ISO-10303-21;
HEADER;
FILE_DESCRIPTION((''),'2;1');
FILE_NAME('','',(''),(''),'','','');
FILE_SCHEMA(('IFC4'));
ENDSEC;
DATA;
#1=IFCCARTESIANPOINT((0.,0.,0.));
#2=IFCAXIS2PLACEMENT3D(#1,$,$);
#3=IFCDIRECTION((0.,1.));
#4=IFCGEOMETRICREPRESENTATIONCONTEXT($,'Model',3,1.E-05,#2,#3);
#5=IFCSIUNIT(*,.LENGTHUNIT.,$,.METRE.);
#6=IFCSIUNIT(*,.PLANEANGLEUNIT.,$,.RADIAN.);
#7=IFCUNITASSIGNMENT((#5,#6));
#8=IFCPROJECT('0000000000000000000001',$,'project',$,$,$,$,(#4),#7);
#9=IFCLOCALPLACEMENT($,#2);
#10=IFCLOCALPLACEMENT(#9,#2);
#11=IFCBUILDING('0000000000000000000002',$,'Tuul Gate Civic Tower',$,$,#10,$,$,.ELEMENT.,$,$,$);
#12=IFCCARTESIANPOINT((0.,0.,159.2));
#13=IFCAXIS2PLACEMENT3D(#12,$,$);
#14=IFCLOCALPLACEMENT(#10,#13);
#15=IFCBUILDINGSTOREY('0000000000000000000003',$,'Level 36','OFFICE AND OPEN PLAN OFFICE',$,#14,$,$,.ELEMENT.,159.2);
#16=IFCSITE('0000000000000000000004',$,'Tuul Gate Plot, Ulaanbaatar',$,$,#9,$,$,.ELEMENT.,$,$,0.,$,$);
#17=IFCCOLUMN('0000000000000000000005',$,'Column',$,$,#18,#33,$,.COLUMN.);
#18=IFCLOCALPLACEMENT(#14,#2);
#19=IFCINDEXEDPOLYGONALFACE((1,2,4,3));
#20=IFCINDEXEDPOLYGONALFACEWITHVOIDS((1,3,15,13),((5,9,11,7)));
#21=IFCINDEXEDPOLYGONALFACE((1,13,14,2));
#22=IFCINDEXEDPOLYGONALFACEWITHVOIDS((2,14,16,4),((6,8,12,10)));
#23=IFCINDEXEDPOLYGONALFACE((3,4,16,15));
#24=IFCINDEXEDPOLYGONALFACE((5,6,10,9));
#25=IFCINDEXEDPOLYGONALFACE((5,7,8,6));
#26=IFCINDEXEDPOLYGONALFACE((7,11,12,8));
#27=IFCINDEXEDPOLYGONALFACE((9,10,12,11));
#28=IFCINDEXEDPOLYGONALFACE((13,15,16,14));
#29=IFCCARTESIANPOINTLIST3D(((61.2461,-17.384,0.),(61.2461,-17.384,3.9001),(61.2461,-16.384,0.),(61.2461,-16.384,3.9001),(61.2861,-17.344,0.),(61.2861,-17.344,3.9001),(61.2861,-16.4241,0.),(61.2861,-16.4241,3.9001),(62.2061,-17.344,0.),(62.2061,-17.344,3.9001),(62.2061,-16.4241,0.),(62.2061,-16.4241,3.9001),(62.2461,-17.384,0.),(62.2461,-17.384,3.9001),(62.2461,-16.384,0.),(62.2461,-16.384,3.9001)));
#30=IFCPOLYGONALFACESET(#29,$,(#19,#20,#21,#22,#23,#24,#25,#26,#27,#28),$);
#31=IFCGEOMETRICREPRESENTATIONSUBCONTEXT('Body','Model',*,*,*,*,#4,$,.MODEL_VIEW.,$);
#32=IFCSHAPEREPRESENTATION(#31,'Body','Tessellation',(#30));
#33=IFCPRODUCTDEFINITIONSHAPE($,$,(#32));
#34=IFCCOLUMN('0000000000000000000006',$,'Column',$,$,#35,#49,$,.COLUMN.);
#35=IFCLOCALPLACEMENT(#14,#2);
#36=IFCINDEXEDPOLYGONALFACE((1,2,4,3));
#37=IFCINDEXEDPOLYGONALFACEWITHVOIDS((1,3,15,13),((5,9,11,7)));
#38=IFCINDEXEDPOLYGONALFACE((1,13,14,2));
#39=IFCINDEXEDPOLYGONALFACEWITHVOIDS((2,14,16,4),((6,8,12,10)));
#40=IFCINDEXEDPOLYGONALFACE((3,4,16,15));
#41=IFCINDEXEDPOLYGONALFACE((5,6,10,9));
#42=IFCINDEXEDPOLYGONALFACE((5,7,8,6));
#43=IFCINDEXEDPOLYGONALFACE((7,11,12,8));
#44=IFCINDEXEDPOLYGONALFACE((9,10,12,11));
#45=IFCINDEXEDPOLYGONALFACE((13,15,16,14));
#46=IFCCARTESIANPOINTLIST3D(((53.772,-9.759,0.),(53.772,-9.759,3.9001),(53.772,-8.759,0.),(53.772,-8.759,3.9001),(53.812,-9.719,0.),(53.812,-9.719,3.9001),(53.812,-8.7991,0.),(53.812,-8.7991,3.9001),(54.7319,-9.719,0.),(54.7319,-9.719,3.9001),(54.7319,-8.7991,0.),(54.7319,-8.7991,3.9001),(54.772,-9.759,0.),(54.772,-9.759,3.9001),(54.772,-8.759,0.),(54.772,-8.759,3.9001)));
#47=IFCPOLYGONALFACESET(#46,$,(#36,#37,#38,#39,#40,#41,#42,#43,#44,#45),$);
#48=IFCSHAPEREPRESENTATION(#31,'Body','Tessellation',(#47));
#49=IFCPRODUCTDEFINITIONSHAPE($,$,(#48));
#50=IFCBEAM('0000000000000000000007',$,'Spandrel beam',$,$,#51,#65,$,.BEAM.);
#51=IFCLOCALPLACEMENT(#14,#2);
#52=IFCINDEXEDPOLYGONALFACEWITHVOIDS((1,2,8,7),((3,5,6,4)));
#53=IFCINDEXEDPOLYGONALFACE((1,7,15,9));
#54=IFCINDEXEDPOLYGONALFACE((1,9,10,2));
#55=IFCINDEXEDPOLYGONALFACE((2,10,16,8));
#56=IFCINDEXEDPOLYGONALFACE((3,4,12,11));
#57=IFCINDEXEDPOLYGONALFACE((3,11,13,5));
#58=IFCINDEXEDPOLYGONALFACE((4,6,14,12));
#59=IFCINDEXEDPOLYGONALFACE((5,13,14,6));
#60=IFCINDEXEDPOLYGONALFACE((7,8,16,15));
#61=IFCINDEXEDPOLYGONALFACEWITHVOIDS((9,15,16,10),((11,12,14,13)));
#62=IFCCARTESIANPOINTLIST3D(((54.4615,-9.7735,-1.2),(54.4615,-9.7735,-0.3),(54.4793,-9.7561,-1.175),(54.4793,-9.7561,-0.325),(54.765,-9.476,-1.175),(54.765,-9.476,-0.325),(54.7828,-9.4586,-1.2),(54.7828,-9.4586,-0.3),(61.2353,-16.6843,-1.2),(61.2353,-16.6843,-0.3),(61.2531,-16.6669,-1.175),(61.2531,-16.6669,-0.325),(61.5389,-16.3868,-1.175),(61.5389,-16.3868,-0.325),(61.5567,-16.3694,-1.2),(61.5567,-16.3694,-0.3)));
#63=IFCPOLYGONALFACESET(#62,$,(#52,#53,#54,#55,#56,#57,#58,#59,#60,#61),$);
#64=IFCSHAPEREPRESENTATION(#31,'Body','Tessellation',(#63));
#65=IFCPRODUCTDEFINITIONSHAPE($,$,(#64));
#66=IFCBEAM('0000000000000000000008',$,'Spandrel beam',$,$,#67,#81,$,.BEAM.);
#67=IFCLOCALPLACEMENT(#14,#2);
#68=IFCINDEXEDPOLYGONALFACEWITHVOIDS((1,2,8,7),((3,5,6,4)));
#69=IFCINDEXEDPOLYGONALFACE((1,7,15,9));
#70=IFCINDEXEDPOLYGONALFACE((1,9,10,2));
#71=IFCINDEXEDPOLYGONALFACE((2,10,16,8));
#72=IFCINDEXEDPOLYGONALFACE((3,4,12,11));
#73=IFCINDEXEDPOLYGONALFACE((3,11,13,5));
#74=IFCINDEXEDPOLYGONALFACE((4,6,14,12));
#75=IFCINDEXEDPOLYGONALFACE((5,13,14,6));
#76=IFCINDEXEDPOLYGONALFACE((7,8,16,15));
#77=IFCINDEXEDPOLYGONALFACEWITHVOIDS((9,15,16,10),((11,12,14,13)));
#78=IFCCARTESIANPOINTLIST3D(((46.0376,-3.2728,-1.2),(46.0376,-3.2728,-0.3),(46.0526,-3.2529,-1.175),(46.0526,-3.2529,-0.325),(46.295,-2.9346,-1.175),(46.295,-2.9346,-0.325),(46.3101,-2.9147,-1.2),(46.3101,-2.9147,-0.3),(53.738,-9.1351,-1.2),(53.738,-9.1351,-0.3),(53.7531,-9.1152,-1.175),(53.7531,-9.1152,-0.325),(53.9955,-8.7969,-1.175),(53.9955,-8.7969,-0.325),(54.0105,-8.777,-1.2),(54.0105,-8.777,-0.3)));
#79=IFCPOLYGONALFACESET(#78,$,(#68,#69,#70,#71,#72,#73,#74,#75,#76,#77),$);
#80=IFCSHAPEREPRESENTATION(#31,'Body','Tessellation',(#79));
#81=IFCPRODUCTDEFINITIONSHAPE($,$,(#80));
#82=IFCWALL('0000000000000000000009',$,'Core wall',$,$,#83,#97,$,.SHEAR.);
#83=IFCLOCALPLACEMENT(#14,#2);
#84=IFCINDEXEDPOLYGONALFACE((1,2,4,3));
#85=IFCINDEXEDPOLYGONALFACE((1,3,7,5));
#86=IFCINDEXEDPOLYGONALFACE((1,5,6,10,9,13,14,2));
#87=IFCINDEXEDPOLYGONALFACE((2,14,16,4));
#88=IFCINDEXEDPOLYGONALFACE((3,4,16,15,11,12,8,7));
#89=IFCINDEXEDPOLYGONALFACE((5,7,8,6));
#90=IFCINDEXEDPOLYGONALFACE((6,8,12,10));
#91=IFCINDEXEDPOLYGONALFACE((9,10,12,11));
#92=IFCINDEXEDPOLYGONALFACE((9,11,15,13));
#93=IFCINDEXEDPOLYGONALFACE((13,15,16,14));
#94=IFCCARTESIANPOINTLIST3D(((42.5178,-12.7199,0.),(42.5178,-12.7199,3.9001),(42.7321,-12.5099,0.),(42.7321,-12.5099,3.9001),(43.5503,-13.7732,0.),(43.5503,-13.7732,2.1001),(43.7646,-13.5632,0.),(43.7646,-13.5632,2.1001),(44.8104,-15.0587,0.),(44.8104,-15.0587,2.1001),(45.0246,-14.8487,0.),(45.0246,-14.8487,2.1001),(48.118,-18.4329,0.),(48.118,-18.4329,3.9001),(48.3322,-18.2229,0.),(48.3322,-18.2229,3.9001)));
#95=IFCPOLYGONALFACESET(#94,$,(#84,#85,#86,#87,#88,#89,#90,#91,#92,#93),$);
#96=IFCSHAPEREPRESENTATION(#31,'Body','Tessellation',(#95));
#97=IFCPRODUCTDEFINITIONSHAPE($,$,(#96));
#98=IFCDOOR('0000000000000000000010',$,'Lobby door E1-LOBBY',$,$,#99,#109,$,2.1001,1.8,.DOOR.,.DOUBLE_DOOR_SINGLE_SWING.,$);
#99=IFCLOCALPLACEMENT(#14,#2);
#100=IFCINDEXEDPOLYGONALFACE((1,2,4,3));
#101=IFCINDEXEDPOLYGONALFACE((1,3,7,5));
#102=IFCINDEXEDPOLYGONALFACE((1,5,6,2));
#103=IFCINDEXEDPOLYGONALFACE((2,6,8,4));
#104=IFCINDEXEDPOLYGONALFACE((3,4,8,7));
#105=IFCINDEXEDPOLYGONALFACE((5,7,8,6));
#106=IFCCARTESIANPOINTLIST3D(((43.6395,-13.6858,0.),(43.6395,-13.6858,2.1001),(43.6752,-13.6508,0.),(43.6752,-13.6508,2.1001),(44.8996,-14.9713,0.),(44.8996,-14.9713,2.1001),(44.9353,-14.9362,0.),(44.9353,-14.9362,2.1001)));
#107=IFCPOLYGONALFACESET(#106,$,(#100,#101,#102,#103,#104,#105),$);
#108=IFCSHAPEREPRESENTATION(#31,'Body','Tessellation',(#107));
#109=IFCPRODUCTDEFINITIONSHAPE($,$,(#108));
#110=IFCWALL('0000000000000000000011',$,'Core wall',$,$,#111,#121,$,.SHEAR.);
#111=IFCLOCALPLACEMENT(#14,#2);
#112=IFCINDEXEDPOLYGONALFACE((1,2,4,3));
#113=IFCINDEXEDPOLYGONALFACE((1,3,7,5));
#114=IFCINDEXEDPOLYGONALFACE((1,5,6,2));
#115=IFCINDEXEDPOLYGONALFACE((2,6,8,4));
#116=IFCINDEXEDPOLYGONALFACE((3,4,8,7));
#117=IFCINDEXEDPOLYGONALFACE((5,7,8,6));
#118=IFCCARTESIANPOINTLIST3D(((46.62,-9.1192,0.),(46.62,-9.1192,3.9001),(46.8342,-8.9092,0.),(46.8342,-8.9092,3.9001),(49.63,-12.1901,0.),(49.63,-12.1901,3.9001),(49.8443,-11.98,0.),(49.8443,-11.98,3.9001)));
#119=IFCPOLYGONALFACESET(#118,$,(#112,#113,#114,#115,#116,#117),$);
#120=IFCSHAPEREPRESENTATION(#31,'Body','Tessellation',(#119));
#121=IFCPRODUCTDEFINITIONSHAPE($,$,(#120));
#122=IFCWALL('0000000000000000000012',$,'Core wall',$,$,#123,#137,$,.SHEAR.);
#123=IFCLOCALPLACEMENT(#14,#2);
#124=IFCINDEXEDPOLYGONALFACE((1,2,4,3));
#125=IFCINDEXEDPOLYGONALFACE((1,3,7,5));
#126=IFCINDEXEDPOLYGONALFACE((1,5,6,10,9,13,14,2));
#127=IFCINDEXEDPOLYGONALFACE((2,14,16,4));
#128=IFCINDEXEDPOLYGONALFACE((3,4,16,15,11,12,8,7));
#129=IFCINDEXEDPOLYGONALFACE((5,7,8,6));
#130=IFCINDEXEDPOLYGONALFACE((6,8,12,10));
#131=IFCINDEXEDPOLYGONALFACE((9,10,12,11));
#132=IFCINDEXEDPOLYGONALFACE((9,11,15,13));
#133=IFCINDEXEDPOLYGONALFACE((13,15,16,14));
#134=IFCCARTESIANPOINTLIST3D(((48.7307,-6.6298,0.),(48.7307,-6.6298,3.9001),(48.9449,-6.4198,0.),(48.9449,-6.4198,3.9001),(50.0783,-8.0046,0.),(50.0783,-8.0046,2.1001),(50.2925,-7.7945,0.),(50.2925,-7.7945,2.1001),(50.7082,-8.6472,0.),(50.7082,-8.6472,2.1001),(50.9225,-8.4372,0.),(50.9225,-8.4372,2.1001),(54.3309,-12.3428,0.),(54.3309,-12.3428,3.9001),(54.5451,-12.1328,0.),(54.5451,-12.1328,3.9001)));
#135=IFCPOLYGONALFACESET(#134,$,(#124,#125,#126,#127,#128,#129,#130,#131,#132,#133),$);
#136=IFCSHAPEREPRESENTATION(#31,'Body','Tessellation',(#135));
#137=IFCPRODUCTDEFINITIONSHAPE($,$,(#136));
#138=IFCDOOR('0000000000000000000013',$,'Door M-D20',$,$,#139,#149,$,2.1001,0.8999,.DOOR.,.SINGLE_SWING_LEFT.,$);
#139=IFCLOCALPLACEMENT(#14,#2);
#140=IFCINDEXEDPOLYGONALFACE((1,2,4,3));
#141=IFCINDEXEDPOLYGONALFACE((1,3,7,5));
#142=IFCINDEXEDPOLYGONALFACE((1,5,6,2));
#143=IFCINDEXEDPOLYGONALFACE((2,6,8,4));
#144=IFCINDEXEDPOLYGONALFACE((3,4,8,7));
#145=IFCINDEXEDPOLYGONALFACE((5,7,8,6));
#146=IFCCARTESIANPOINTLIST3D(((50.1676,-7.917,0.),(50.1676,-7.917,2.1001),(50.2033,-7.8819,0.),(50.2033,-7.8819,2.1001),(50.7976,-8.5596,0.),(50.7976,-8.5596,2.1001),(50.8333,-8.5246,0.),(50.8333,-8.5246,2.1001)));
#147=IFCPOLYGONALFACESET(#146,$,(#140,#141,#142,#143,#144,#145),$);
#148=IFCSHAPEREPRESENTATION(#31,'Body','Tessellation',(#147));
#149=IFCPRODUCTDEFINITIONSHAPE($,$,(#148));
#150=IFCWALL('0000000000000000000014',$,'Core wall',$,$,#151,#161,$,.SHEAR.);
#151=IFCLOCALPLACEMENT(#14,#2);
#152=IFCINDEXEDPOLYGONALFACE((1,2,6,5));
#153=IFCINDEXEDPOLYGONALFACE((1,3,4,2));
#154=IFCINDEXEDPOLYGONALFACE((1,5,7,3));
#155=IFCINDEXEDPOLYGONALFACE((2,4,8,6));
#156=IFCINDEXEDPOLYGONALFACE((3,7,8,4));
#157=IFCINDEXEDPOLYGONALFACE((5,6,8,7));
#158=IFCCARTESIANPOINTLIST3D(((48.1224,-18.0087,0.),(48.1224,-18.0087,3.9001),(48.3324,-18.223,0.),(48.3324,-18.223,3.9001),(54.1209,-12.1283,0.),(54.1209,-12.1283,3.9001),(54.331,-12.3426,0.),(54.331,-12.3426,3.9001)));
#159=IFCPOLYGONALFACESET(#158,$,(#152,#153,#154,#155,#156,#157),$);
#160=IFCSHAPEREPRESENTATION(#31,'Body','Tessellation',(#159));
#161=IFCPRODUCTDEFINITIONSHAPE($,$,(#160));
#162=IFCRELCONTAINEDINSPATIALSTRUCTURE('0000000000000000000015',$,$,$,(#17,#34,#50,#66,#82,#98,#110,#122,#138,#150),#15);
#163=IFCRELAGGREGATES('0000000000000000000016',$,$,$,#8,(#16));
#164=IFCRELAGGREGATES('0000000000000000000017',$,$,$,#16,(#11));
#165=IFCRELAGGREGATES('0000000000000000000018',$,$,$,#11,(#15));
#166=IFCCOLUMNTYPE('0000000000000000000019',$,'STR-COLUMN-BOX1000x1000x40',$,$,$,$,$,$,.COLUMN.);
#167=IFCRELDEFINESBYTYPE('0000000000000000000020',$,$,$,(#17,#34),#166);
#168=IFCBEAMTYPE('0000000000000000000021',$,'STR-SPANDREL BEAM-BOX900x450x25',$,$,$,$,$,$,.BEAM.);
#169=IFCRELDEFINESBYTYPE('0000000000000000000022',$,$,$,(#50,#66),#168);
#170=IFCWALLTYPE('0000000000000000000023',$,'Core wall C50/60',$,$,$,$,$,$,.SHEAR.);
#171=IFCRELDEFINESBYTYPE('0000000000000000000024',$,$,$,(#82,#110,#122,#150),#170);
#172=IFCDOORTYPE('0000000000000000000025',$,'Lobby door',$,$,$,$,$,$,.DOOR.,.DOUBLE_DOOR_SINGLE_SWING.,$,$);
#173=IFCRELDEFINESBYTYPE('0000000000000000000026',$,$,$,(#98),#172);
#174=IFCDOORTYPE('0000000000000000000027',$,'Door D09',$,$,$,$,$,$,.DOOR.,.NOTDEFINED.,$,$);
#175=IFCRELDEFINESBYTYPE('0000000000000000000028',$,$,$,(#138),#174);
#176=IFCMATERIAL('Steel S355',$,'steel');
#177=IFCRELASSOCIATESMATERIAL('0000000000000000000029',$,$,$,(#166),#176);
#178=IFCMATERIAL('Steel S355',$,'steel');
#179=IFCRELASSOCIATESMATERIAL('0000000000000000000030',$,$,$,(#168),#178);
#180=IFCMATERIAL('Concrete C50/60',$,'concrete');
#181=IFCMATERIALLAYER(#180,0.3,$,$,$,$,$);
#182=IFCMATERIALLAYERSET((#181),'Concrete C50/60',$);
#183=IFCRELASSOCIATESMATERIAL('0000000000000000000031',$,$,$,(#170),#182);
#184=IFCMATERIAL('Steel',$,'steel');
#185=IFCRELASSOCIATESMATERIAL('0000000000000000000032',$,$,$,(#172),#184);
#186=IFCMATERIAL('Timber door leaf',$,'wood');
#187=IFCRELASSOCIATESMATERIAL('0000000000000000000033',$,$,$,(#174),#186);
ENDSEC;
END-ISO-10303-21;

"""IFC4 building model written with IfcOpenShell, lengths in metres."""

from ifc_helpers import new_model, si_unit, direction, frame, frame_2d, origin, origin_2d, place, context, subcontext, project, spatial, rectangle, hollow_rectangle, extrude, material, layer, layer_set, material_profile, profile_set, type_object, element, fill, save


model = new_model("IFC4")

# Units and contexts
model_context = context("Model", 3, precision=1e-05, world=origin(), true_north=direction((0.0, 1.0)))
body_context = subcontext(model_context, "Body", "Model", "MODEL_VIEW")
ifc_project = project(units=[si_unit("LENGTHUNIT", "METRE"), si_unit("PLANEANGLEUNIT", "RADIAN")], contexts=[model_context])

# Site, building, storey
site_placement = place(None, origin())
site = spatial("IfcSite", under=ifc_project, at=site_placement, Name="Tuul Gate Plot, Ulaanbaatar", CompositionType="ELEMENT", RefElevation=0.0)
building_placement = place(site_placement, origin())
building = spatial("IfcBuilding", under=site, at=building_placement, Name="Tuul Gate Civic Tower", CompositionType="ELEMENT")
storey_placement = place(building_placement, frame((0.0, 0.0, 159.2)))
storey = spatial("IfcBuildingStorey", under=building, at=storey_placement, Name="Level 36", Description="OFFICE AND OPEN PLAN OFFICE", CompositionType="ELEMENT", Elevation=159.2)

# Columns
ifc_material_1 = material(Name="Steel S355", Category="steel")
ifc_material_profile_1 = material_profile(ifc_material_1, hollow_rectangle(XDim=1.0, YDim=1.0, WallThickness=0.04, at=origin_2d()), Name="BOX1000x1000x40")
ifc_profile_set_1 = profile_set([ifc_material_profile_1], Name="Steel S355")
column_type = type_object("IfcColumnType", Name="STR-COLUMN-BOX1000x1000x40", PredefinedType="COLUMN", material=ifc_profile_set_1)
for number, where, z_axis, x_axis, name in (
    (1, (61.7461, -16.884, 0.0), (0.0, 0.0, 1.0), (1.0, 0.0, 0.0), "Column"),
    (2, (54.272, -9.259, 0.0), (0.0, 0.0, 1.0), (1.0, 0.0, 0.0), "Column"),
):
    element("IfcColumn", number, at=place(storey_placement, frame(where, z_axis=z_axis, x_axis=x_axis)), inside=storey, type_object=column_type, Name=name, PredefinedType="COLUMN", context=body_context, shape_type="SweptSolid", body=[
        extrude(hollow_rectangle(XDim=1.0, YDim=1.0, WallThickness=0.04, at=origin_2d()), origin(), (0.0, 0.0, 1.0), 3.9001),
    ])

# Beams
ifc_material_2 = material(Name="Steel S355", Category="steel")
ifc_material_profile_2 = material_profile(ifc_material_2, hollow_rectangle(XDim=0.45, YDim=0.8999, WallThickness=0.0249, at=origin_2d()), Name="BOX900x450x25")
ifc_profile_set_2 = profile_set([ifc_material_profile_2], Name="Steel S355")
beam_type = type_object("IfcBeamType", Name="STR-SPANDREL BEAM-BOX900x450x25", PredefinedType="BEAM", material=ifc_profile_set_2)
beam_1_placement = place(storey_placement, frame((61.396, -16.5269, -0.75), z_axis=(-0.699995, 0.714148, 0.0), x_axis=(-0.714148, -0.699995, 0.0)))
element("IfcBeam", 3, at=beam_1_placement, inside=storey, type_object=beam_type, Name="Spandrel beam", PredefinedType="BEAM", context=body_context, shape_type="SweptSolid", body=[
    extrude(hollow_rectangle(XDim=0.45, YDim=0.8999, WallThickness=0.0249, at=origin_2d()), origin(), (0.0, 0.0, 1.0), 9.677),
])
beam_2_placement = place(storey_placement, frame((53.8743, -8.9561, -0.75), z_axis=(-0.795666, 0.605736, 0.0), x_axis=(-0.605736, -0.795666, 0.0)))
element("IfcBeam", 4, at=beam_2_placement, inside=storey, type_object=beam_type, Name="Spandrel beam", PredefinedType="BEAM", context=body_context, shape_type="SweptSolid", body=[
    extrude(hollow_rectangle(XDim=0.45, YDim=0.8999, WallThickness=0.0249, at=origin_2d()), origin(), (0.0, 0.0, 1.0), 9.678),
])

# Wall, opening, door
ifc_material_3 = material(Name="Concrete C50/60", Category="concrete")
ifc_layer_1 = layer(ifc_material_3, 0.3)
ifc_layer_set_1 = layer_set([ifc_layer_1], Name="Concrete C50/60")
wall_type_1 = type_object("IfcWallType", Name="Core wall C50/60", PredefinedType="SHEAR", material=ifc_layer_set_1)
wall_1_placement = place(storey_placement, frame((48.2251, -18.3279, 0.0), z_axis=(0.0, 0.0, 1.0), x_axis=(-0.700022, 0.714121, 0.0)))
wall_1 = element("IfcWall", 5, at=wall_1_placement, inside=storey, type_object=wall_type_1, Name="Core wall", PredefinedType="SHEAR", context=body_context, shape_type="SweptSolid", body=[
    extrude(rectangle(XDim=8.0, YDim=0.3, at=frame_2d((4.0, 0.0))), origin(), (0.0, 0.0, 1.0), 3.9001),
])
opening_1_placement = place(wall_1_placement, frame((4.7251, 0.0, 0.0)))
opening_1 = element("IfcOpeningElement", 6, at=opening_1_placement, cuts=wall_1, PredefinedType="OPENING", context=body_context, shape_type="SweptSolid", body=[
    extrude(rectangle(XDim=1.8, YDim=2.1001, at=frame_2d((0.8999, 1.05))), frame((0.0, 0.1602, 0.0), z_axis=(0.0, -1.0, 0.0), x_axis=(1.0, 0.0, 0.0)), (0.0, 0.0, 1.0), 0.3201),
])
ifc_material_4 = material(Name="Steel", Category="steel")
door_type_1 = type_object("IfcDoorType", Name="Lobby door", OperationType="DOUBLE_DOOR_SINGLE_SWING", PredefinedType="DOOR", material=ifc_material_4)
door_1_placement = place(opening_1_placement, frame((1.8, 0.0, 0.0), z_axis=(0.0, 0.0, 1.0), x_axis=(-1.0, 0.0, 0.0)))
door_1 = element("IfcDoor", 7, at=door_1_placement, inside=storey, type_object=door_type_1, Name="Lobby door E1-LOBBY", OperationType="DOUBLE_DOOR_SINGLE_SWING", OverallHeight=2.1001, OverallWidth=1.8, PredefinedType="DOOR", context=body_context, shape_type="SweptSolid", body=[
    extrude(rectangle(XDim=1.8, YDim=2.1001, at=frame_2d((0.9001, 1.05))), frame((0.0, 0.0249, 0.0), z_axis=(0.0, -1.0, 0.0), x_axis=(1.0, 0.0, 0.0)), (0.0, 0.0, 1.0), 0.05),
])
fill(opening_1, door_1)

# Wall
wall_2_placement = place(storey_placement, frame((49.7371, -12.085, 0.0), z_axis=(0.0, 0.0, 1.0), x_axis=(-0.700003, 0.71414, 0.0)))
element("IfcWall", 8, at=wall_2_placement, inside=storey, type_object=wall_type_1, Name="Core wall", PredefinedType="SHEAR", context=body_context, shape_type="SweptSolid", body=[
    extrude(rectangle(XDim=4.3, YDim=0.3, at=frame_2d((2.1499, 0.0))), origin(), (0.0, 0.0, 1.0), 3.9001),
])

# Wall, opening, door
wall_3_placement = place(storey_placement, frame((54.438, -12.2378, 0.0), z_axis=(0.0, 0.0, 1.0), x_axis=(-0.700022, 0.714121, 0.0)))
wall_3 = element("IfcWall", 9, at=wall_3_placement, inside=storey, type_object=wall_type_1, Name="Core wall", PredefinedType="SHEAR", context=body_context, shape_type="SweptSolid", body=[
    extrude(rectangle(XDim=8.0, YDim=0.3, at=frame_2d((4.0, 0.0))), origin(), (0.0, 0.0, 1.0), 3.9001),
])
opening_2_placement = place(wall_3_placement, frame((5.175, 0.0, 0.0)))
opening_2 = element("IfcOpeningElement", 10, at=opening_2_placement, cuts=wall_3, PredefinedType="OPENING", context=body_context, shape_type="SweptSolid", body=[
    extrude(rectangle(XDim=0.8999, YDim=2.1001, at=frame_2d((0.45, 1.05))), frame((0.0, 0.1602, 0.0), z_axis=(0.0, -1.0, 0.0), x_axis=(1.0, 0.0, 0.0)), (0.0, 0.0, 1.0), 0.3201),
])
ifc_material_5 = material(Name="Timber door leaf", Category="wood")
door_type_2 = type_object("IfcDoorType", Name="Door D09", OperationType="NOTDEFINED", PredefinedType="DOOR", material=ifc_material_5)
door_2_placement = place(opening_2_placement, origin())
door_2 = element("IfcDoor", 11, at=door_2_placement, inside=storey, type_object=door_type_2, Name="Door M-D20", OperationType="SINGLE_SWING_LEFT", OverallHeight=2.1001, OverallWidth=0.8999, PredefinedType="DOOR", context=body_context, shape_type="SweptSolid", body=[
    extrude(rectangle(XDim=0.8999, YDim=2.1001, at=frame_2d((0.45, 1.05))), frame((0.0, 0.0249, 0.0), z_axis=(0.0, -1.0, 0.0), x_axis=(1.0, 0.0, 0.0)), (0.0, 0.0, 1.0), 0.05),
])
fill(opening_2, door_2)

# Wall
wall_4_placement = place(storey_placement, frame((48.2273, -18.116, 0.0), z_axis=(0.0, 0.0, 1.0), x_axis=(0.714105, 0.700038, 0.0)))
element("IfcWall", 12, at=wall_4_placement, inside=storey, type_object=wall_type_1, Name="Core wall", PredefinedType="SHEAR", context=body_context, shape_type="SweptSolid", body=[
    extrude(rectangle(XDim=8.4001, YDim=0.3, at=frame_2d((4.2002, 0.0))), origin(), (0.0, 0.0, 1.0), 3.9001),
])

save(model, "model.ifc")
